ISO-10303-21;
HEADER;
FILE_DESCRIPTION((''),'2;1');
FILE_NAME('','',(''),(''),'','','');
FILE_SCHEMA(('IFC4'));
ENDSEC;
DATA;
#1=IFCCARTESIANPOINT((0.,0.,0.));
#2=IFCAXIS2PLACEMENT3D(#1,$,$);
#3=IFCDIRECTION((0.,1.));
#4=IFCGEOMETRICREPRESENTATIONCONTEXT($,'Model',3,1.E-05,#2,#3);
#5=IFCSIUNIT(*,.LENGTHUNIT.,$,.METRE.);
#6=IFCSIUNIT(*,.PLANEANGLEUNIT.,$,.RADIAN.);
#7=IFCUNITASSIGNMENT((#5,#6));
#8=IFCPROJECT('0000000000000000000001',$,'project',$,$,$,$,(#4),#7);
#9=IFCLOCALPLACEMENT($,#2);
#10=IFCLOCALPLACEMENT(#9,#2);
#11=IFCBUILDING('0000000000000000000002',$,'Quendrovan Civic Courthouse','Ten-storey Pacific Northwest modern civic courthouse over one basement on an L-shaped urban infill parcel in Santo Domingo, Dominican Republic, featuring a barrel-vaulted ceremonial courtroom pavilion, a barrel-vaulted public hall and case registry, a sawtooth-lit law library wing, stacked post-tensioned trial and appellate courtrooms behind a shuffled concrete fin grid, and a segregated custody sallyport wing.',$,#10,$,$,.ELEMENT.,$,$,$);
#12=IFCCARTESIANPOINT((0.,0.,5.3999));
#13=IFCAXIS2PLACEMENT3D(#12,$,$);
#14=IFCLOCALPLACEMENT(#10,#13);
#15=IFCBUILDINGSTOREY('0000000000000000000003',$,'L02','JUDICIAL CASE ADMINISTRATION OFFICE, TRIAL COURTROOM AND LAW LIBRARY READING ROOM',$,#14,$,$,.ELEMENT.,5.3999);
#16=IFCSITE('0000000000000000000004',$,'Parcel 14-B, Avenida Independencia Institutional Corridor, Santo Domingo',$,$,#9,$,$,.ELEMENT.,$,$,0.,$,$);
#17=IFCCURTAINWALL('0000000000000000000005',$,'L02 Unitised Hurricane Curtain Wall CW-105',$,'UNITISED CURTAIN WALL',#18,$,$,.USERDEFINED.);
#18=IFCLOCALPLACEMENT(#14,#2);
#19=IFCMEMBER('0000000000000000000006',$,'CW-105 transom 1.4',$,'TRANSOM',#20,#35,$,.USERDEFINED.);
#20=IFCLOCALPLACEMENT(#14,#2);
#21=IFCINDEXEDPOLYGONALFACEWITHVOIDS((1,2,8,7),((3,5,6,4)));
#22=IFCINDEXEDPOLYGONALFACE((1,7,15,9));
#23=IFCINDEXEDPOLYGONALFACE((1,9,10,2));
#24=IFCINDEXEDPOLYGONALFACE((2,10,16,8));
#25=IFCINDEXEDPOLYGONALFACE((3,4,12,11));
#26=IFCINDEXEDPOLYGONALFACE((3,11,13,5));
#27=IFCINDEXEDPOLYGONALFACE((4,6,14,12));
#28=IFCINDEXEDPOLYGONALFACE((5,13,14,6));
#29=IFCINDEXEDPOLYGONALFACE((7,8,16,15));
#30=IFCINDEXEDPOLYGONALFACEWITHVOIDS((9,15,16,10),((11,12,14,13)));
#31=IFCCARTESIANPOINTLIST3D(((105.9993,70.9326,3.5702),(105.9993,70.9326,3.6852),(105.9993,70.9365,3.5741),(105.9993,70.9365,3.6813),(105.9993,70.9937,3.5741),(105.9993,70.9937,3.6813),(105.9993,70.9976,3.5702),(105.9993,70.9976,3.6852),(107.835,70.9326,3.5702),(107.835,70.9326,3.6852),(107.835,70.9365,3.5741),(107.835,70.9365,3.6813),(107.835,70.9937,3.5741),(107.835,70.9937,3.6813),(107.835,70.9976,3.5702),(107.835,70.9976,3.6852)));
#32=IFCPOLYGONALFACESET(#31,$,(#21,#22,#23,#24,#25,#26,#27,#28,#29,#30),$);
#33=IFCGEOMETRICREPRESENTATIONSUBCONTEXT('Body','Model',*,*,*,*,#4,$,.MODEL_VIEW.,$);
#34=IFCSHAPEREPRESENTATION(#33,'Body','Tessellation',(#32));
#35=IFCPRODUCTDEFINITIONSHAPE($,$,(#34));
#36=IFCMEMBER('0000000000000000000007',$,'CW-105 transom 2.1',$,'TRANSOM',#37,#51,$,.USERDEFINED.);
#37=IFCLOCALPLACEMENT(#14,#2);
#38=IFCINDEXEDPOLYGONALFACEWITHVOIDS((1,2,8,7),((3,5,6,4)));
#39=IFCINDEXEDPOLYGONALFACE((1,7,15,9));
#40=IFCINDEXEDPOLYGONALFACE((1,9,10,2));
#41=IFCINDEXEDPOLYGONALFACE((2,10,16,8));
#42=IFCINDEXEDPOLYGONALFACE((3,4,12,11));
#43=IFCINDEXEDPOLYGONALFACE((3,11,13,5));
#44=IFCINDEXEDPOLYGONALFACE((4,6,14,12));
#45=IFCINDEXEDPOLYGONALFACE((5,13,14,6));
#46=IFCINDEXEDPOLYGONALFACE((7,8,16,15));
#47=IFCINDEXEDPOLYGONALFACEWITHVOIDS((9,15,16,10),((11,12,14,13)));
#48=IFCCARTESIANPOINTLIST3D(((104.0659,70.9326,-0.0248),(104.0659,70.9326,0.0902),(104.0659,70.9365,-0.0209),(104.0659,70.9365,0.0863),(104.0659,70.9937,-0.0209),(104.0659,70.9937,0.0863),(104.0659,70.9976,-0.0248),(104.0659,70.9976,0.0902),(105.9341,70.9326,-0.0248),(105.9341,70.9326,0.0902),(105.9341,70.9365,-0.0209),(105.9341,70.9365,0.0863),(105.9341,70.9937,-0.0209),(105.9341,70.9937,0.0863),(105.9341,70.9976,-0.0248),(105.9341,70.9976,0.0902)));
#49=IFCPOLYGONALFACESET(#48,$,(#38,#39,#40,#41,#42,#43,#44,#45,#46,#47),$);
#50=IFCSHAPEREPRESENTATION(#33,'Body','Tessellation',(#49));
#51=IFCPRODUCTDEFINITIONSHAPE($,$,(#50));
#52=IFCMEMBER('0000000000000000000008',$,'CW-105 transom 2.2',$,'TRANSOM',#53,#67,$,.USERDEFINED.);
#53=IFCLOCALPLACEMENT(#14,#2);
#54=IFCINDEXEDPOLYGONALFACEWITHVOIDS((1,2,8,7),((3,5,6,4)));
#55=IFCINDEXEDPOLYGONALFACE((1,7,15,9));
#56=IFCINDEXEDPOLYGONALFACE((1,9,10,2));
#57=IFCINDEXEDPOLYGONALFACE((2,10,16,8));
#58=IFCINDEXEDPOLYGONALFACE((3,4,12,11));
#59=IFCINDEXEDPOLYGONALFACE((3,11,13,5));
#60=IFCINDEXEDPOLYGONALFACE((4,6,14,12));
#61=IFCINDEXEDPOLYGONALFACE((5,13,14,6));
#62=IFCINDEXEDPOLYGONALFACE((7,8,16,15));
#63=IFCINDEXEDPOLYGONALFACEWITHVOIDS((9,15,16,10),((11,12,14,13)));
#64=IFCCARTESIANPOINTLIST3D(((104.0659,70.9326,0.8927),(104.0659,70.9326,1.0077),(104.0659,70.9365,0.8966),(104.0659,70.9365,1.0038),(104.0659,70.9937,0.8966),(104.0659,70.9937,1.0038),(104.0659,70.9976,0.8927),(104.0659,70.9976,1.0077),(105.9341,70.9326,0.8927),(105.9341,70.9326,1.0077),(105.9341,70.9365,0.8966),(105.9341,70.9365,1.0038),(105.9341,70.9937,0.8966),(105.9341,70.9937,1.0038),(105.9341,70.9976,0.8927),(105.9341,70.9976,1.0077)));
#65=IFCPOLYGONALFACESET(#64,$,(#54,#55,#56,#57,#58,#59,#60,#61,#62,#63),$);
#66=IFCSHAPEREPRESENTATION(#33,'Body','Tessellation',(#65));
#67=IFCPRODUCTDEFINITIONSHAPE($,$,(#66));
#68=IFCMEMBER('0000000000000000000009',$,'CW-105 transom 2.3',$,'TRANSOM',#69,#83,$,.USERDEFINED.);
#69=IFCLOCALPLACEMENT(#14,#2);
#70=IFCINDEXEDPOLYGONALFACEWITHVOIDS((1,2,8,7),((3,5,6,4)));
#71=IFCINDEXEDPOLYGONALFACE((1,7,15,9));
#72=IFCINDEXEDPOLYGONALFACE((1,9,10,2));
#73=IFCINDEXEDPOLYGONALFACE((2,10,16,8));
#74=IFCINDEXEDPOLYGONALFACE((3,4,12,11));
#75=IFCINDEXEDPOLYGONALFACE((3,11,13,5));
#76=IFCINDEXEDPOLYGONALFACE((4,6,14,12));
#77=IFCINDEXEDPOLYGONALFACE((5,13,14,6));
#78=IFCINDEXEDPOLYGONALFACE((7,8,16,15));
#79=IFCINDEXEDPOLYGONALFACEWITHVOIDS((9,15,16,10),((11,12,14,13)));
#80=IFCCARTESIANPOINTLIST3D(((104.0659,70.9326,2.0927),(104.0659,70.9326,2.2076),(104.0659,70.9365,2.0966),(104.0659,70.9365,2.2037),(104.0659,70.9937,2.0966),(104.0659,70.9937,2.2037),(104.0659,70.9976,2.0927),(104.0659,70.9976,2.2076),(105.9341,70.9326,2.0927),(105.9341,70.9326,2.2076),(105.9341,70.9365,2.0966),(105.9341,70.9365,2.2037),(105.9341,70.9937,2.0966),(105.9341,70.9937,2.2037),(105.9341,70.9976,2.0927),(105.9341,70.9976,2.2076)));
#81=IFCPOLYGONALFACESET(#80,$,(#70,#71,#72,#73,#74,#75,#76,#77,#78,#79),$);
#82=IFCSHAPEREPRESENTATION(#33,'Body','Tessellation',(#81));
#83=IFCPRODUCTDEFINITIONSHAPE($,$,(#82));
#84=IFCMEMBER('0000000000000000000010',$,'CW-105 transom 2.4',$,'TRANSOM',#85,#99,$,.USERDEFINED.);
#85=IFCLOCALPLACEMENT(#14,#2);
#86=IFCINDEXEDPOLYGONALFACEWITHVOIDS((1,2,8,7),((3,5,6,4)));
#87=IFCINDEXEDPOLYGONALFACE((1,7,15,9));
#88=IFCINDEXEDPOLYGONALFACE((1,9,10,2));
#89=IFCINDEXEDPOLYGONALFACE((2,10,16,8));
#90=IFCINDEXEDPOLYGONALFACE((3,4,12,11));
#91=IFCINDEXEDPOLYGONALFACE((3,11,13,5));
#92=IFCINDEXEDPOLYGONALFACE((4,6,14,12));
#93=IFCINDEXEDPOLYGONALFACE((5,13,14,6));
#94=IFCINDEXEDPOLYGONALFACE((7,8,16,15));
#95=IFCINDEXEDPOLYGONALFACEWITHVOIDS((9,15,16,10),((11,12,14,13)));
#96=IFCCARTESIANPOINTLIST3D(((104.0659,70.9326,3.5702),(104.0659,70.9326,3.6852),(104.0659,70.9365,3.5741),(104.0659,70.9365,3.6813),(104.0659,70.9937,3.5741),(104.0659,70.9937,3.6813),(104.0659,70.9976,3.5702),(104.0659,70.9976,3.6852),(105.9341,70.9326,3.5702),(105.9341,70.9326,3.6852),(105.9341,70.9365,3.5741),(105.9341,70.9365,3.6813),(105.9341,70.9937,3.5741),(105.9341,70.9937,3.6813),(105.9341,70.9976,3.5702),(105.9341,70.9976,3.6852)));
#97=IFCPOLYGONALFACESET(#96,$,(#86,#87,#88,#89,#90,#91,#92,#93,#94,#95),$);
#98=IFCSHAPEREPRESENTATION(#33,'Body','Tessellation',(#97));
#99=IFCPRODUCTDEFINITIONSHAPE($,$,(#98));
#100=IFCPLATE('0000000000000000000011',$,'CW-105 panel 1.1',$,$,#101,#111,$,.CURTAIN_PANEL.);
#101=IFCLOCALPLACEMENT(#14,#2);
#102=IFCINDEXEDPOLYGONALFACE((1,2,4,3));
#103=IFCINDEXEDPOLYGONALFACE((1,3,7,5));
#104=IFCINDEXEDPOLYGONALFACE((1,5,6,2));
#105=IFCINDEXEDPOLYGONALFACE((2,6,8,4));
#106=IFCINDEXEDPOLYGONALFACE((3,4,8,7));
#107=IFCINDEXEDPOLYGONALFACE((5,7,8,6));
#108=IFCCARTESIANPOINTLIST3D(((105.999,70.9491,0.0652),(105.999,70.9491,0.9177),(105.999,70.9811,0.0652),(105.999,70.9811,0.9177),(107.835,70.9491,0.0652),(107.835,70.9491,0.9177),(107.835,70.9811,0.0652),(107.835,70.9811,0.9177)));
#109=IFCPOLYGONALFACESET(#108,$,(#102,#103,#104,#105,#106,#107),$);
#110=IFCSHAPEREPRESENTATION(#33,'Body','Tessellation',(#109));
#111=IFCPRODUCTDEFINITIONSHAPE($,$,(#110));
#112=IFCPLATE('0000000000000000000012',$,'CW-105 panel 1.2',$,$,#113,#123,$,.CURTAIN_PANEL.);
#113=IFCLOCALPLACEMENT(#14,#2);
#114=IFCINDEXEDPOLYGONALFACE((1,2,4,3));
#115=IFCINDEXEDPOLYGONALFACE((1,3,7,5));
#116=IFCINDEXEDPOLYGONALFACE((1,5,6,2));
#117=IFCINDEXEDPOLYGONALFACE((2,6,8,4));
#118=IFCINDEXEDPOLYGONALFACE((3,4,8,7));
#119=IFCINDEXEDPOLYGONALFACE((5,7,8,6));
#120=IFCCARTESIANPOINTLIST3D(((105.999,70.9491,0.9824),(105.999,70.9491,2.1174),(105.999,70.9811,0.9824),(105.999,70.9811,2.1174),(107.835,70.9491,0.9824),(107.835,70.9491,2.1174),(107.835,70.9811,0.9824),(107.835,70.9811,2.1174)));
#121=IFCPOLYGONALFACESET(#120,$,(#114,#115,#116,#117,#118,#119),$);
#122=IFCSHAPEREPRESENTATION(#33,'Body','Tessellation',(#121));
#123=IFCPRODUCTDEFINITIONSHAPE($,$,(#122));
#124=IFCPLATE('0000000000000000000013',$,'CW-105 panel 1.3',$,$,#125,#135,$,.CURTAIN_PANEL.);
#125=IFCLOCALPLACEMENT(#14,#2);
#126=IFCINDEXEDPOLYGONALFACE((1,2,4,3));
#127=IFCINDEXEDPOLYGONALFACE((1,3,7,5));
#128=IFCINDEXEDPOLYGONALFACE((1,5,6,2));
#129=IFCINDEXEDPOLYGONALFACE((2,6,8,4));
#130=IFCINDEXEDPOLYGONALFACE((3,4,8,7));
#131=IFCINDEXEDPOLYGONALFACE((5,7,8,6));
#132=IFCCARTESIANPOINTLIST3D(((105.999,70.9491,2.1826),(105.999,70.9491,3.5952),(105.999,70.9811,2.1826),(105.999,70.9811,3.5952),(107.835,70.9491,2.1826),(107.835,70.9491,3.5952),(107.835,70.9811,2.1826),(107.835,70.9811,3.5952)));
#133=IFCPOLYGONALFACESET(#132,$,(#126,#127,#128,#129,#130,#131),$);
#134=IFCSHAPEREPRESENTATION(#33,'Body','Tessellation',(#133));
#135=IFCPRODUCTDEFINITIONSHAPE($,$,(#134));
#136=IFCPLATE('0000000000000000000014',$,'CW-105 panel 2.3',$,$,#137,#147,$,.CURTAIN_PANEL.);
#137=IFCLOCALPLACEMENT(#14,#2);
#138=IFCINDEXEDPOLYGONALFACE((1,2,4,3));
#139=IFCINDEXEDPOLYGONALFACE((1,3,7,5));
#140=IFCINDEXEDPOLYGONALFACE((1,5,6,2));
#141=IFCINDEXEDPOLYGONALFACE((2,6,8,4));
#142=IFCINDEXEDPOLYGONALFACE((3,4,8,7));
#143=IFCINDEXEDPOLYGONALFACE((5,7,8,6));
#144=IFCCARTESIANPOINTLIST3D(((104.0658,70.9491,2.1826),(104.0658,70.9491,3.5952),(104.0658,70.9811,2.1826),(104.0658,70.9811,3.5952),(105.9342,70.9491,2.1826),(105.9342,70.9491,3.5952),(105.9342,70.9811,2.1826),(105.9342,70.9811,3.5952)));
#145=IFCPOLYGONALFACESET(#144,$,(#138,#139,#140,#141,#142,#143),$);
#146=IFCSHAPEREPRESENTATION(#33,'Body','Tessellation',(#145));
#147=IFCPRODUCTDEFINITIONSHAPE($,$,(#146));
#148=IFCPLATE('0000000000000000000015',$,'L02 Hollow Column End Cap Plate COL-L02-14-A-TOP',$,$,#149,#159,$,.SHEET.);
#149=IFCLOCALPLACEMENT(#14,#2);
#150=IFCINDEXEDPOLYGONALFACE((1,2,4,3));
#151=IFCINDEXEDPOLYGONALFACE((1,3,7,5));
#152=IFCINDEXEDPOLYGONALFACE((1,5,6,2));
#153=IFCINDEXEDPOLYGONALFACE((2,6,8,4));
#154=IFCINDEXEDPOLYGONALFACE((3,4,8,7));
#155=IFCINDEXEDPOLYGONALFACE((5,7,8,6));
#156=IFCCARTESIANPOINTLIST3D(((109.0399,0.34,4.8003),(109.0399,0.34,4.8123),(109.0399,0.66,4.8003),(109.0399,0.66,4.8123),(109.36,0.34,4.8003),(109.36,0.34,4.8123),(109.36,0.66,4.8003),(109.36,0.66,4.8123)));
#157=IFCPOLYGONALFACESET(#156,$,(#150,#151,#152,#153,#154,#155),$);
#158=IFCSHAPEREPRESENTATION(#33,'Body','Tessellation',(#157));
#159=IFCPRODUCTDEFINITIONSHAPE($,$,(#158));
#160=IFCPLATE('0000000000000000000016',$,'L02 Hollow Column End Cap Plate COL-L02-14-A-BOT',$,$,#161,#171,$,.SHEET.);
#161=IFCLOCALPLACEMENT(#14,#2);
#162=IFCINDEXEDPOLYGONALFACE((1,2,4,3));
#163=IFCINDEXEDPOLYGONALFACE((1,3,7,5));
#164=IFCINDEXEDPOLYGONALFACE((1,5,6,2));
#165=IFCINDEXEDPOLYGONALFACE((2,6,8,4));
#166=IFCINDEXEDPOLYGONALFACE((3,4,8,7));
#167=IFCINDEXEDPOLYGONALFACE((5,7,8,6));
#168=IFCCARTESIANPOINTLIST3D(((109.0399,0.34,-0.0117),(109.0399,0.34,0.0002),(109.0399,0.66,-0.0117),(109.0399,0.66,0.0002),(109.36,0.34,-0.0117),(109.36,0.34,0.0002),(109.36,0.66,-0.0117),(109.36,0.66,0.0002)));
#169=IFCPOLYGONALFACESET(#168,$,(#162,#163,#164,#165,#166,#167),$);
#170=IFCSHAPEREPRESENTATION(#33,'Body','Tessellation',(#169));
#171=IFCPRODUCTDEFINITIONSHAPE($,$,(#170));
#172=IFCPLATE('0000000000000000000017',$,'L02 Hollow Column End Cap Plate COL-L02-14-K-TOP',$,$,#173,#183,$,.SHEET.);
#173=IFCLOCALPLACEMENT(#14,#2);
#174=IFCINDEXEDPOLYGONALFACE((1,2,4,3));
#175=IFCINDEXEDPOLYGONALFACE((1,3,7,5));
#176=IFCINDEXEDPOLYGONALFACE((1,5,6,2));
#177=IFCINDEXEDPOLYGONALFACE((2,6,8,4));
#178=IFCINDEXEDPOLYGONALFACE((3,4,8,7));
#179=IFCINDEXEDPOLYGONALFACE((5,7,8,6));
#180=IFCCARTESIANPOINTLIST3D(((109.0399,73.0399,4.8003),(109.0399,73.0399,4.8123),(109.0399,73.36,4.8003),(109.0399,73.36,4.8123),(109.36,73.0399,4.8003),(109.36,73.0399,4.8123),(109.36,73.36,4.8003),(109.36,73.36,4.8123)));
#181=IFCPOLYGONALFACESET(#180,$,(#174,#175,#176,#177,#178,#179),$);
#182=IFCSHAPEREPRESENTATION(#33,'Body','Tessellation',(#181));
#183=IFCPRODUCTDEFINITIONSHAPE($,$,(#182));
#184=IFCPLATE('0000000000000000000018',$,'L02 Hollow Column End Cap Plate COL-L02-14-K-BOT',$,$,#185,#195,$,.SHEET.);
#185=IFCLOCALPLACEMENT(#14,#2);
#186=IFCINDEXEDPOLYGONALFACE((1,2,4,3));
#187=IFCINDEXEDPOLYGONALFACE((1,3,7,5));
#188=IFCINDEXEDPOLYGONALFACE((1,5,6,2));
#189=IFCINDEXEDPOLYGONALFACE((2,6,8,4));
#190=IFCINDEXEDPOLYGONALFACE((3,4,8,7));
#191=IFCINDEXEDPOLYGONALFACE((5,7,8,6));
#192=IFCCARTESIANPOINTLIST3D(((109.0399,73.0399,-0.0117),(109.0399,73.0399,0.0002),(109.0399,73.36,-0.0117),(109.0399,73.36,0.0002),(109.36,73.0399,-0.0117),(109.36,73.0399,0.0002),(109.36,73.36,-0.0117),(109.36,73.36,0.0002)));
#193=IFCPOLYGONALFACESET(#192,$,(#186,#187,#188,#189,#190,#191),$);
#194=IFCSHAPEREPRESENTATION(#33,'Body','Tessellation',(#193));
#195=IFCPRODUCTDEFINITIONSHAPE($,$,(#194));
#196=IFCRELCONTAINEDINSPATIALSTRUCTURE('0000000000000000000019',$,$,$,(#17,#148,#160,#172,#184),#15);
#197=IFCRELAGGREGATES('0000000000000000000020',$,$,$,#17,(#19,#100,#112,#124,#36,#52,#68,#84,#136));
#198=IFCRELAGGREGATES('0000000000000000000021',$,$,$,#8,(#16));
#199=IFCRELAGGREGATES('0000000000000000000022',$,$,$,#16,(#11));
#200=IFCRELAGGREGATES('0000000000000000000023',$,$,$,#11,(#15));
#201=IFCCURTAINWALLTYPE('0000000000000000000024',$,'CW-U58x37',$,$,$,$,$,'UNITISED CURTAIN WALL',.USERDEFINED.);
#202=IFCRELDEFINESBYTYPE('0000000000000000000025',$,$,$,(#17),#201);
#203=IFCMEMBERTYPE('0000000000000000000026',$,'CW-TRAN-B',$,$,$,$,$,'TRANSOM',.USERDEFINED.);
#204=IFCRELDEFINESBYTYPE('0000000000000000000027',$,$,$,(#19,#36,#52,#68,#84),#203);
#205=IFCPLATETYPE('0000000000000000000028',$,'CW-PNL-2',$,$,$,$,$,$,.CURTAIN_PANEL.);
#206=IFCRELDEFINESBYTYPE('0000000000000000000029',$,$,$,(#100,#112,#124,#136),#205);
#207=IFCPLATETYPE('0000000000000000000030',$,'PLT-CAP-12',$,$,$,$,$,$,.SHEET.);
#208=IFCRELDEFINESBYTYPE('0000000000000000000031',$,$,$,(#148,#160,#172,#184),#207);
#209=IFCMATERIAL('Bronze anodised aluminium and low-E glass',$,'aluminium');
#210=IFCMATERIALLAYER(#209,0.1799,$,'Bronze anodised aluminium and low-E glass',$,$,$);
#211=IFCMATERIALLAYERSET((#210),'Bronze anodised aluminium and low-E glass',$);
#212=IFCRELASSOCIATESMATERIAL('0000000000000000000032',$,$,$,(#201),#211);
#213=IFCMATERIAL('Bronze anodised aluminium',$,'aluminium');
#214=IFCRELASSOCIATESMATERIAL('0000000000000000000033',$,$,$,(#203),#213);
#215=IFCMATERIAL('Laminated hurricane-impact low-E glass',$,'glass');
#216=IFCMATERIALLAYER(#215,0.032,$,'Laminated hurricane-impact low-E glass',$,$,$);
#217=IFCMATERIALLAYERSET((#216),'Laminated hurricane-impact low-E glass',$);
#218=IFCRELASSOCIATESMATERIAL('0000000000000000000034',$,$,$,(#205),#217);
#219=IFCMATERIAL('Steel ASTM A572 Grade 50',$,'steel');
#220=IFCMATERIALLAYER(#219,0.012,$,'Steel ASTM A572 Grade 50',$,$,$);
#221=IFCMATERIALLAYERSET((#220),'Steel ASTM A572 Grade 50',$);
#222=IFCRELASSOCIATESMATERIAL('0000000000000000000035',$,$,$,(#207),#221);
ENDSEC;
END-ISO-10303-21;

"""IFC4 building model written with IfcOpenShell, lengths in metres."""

from ifc_helpers import new_model, si_unit, direction, frame, origin, origin_2d, place, context, subcontext, project, spatial, rectangle, hollow_rectangle, extrude, material, layer, layer_set, material_profile, profile_set, type_object, element, aggregate, save


model = new_model("IFC4")

# Units and contexts
model_context = context("Model", 3, precision=1e-05, world=origin(), true_north=direction((0.0, 1.0)))
body_context = subcontext(model_context, "Body", "Model", "MODEL_VIEW")
ifc_project = project(units=[si_unit("LENGTHUNIT", "METRE"), si_unit("PLANEANGLEUNIT", "RADIAN")], contexts=[model_context])

# Site, building, storey
site_placement = place(None, origin())
site = spatial("IfcSite", under=ifc_project, at=site_placement, Name="Parcel 14-B, Avenida Independencia Institutional Corridor, Santo Domingo", CompositionType="ELEMENT", RefElevation=0.0)
building_placement = place(site_placement, origin())
building = spatial("IfcBuilding", under=site, at=building_placement, Name="Quendrovan Civic Courthouse", Description="Ten-storey Pacific Northwest modern civic courthouse over one basement on an L-shaped urban infill parcel in Santo Domingo, Dominican Republic, featuring a barrel-vaulted ceremonial courtroom pavilion, a barrel-vaulted public hall and case registry, a sawtooth-lit law library wing, stacked post-tensioned trial and appellate courtrooms behind a shuffled concrete fin grid, and a segregated custody sallyport wing.", CompositionType="ELEMENT")
storey_placement = place(building_placement, frame((0.0, 0.0, 5.3999)))
storey = spatial("IfcBuildingStorey", under=building, at=storey_placement, Name="L02", Description="JUDICIAL CASE ADMINISTRATION OFFICE, TRIAL COURTROOM AND LAW LIBRARY READING ROOM", CompositionType="ELEMENT", Elevation=5.3999)

# Curtain wall, members, plates
ifc_material_1 = material(Name="Bronze anodised aluminium and low-E glass", Category="aluminium")
ifc_layer_1 = layer(ifc_material_1, 0.1799, Name="Bronze anodised aluminium and low-E glass")
ifc_layer_set_1 = layer_set([ifc_layer_1], Name="Bronze anodised aluminium and low-E glass")
curtain_wall_type = type_object("IfcCurtainWallType", Name="CW-U58x37", ElementType="UNITISED CURTAIN WALL", PredefinedType="USERDEFINED", material=ifc_layer_set_1)
curtain_wall_placement = place(storey_placement, origin())
curtain_wall = element("IfcCurtainWall", 1, at=curtain_wall_placement, inside=storey, type_object=curtain_wall_type, Name="L02 Unitised Hurricane Curtain Wall CW-105", ObjectType="UNITISED CURTAIN WALL", PredefinedType="USERDEFINED")
ifc_material_2 = material(Name="Bronze anodised aluminium", Category="aluminium")
ifc_material_profile_1 = material_profile(ifc_material_2, hollow_rectangle(XDim=0.0649, YDim=0.115, WallThickness=0.0039, at=origin_2d()), Name="CW-TRAN-65x115")
ifc_profile_set_1 = profile_set([ifc_material_profile_1], Name="Bronze anodised aluminium")
member_type_1 = type_object("IfcMemberType", Name="CW-TRAN-B", ElementType="TRANSOM", PredefinedType="USERDEFINED", material=ifc_profile_set_1)
member_1_placement = place(storey_placement, frame((107.835, 70.9651, 3.6277), z_axis=(-1.0, 0.0, 0.0), x_axis=(0.0, -1.0, 0.0)))
member_1 = element("IfcMember", 2, at=member_1_placement, type_object=member_type_1, Name="CW-105 transom 1.4", ObjectType="TRANSOM", PredefinedType="USERDEFINED", context=body_context, shape_type="SweptSolid", body=[
    extrude(hollow_rectangle(XDim=0.0649, YDim=0.115, WallThickness=0.0039, at=origin_2d()), origin(), (0.0, 0.0, 1.0), 1.8357),
])
member_2_placement = place(storey_placement, frame((105.9341, 70.9651, 0.0327), z_axis=(-1.0, 0.0, 0.0), x_axis=(0.0, -1.0, 0.0)))
member_2 = element("IfcMember", 3, at=member_2_placement, type_object=member_type_1, Name="CW-105 transom 2.1", ObjectType="TRANSOM", PredefinedType="USERDEFINED", context=body_context, shape_type="SweptSolid", body=[
    extrude(hollow_rectangle(XDim=0.0649, YDim=0.115, WallThickness=0.0039, at=origin_2d()), origin(), (0.0, 0.0, 1.0), 1.8682),
])
member_3_placement = place(storey_placement, frame((105.9341, 70.9651, 0.9502), z_axis=(-1.0, 0.0, 0.0), x_axis=(0.0, -1.0, 0.0)))
member_3 = element("IfcMember", 4, at=member_3_placement, type_object=member_type_1, Name="CW-105 transom 2.2", ObjectType="TRANSOM", PredefinedType="USERDEFINED", context=body_context, shape_type="SweptSolid", body=[
    extrude(hollow_rectangle(XDim=0.0649, YDim=0.115, WallThickness=0.0039, at=origin_2d()), origin(), (0.0, 0.0, 1.0), 1.8682),
])
member_4_placement = place(storey_placement, frame((105.9341, 70.9651, 2.1501), z_axis=(-1.0, 0.0, 0.0), x_axis=(0.0, -1.0, 0.0)))
member_4 = element("IfcMember", 5, at=member_4_placement, type_object=member_type_1, Name="CW-105 transom 2.3", ObjectType="TRANSOM", PredefinedType="USERDEFINED", context=body_context, shape_type="SweptSolid", body=[
    extrude(hollow_rectangle(XDim=0.0649, YDim=0.115, WallThickness=0.0039, at=origin_2d()), origin(), (0.0, 0.0, 1.0), 1.8682),
])
member_5_placement = place(storey_placement, frame((105.9341, 70.9651, 3.6277), z_axis=(-1.0, 0.0, 0.0), x_axis=(0.0, -1.0, 0.0)))
member_5 = element("IfcMember", 6, at=member_5_placement, type_object=member_type_1, Name="CW-105 transom 2.4", ObjectType="TRANSOM", PredefinedType="USERDEFINED", context=body_context, shape_type="SweptSolid", body=[
    extrude(hollow_rectangle(XDim=0.0649, YDim=0.115, WallThickness=0.0039, at=origin_2d()), origin(), (0.0, 0.0, 1.0), 1.8682),
])
ifc_material_3 = material(Name="Laminated hurricane-impact low-E glass", Category="glass")
ifc_layer_2 = layer(ifc_material_3, 0.032, Name="Laminated hurricane-impact low-E glass")
ifc_layer_set_2 = layer_set([ifc_layer_2], Name="Laminated hurricane-impact low-E glass")
plate_type_1 = type_object("IfcPlateType", Name="CW-PNL-2", PredefinedType="CURTAIN_PANEL", material=ifc_layer_set_2)
plate_1_placement = place(storey_placement, frame((106.917, 70.9651, 0.0652), z_axis=(0.0, 0.0, 1.0), x_axis=(-1.0, 0.0, 0.0)))
plate_1 = element("IfcPlate", 7, at=plate_1_placement, type_object=plate_type_1, Name="CW-105 panel 1.1", PredefinedType="CURTAIN_PANEL", context=body_context, shape_type="SweptSolid", body=[
    extrude(rectangle(XDim=1.8359, YDim=0.032, at=origin_2d()), origin(), (0.0, 0.0, 1.0), 0.8525),
])
plate_2_placement = place(storey_placement, frame((106.917, 70.9651, 0.9824), z_axis=(0.0, 0.0, 1.0), x_axis=(-1.0, 0.0, 0.0)))
plate_2 = element("IfcPlate", 8, at=plate_2_placement, type_object=plate_type_1, Name="CW-105 panel 1.2", PredefinedType="CURTAIN_PANEL", context=body_context, shape_type="SweptSolid", body=[
    extrude(rectangle(XDim=1.8359, YDim=0.032, at=origin_2d()), origin(), (0.0, 0.0, 1.0), 1.135),
])
plate_3_placement = place(storey_placement, frame((106.917, 70.9651, 2.1826), z_axis=(0.0, 0.0, 1.0), x_axis=(-1.0, 0.0, 0.0)))
plate_3 = element("IfcPlate", 9, at=plate_3_placement, type_object=plate_type_1, Name="CW-105 panel 1.3", PredefinedType="CURTAIN_PANEL", context=body_context, shape_type="SweptSolid", body=[
    extrude(rectangle(XDim=1.8359, YDim=0.032, at=origin_2d()), origin(), (0.0, 0.0, 1.0), 1.4126),
])
plate_4_placement = place(storey_placement, frame((105.0, 70.9651, 2.1826), z_axis=(0.0, 0.0, 1.0), x_axis=(-1.0, 0.0, 0.0)))
plate_4 = element("IfcPlate", 10, at=plate_4_placement, type_object=plate_type_1, Name="CW-105 panel 2.3", PredefinedType="CURTAIN_PANEL", context=body_context, shape_type="SweptSolid", body=[
    extrude(rectangle(XDim=1.8684, YDim=0.032, at=origin_2d()), origin(), (0.0, 0.0, 1.0), 1.4126),
])
aggregate(curtain_wall, [member_1, plate_1, plate_2, plate_3, member_2, member_3, member_4, member_5, plate_4])

# Plates
ifc_material_4 = material(Name="Steel ASTM A572 Grade 50", Category="steel")
ifc_layer_3 = layer(ifc_material_4, 0.012, Name="Steel ASTM A572 Grade 50")
ifc_layer_set_3 = layer_set([ifc_layer_3], Name="Steel ASTM A572 Grade 50")
plate_type_2 = type_object("IfcPlateType", Name="PLT-CAP-12", PredefinedType="SHEET", material=ifc_layer_set_3)
for number, where, z_axis, x_axis, name in (
    (11, (109.2, 0.5, 4.8003), (0.0, 0.0, 1.0), (1.0, 0.0, 0.0), "L02 Hollow Column End Cap Plate COL-L02-14-A-TOP"),
    (12, (109.2, 0.5, -0.0117), (0.0, 0.0, 1.0), (1.0, 0.0, 0.0), "L02 Hollow Column End Cap Plate COL-L02-14-A-BOT"),
    (13, (109.2, 73.2, 4.8003), (0.0, 0.0, 1.0), (1.0, 0.0, 0.0), "L02 Hollow Column End Cap Plate COL-L02-14-K-TOP"),
    (14, (109.2, 73.2, -0.0117), (0.0, 0.0, 1.0), (1.0, 0.0, 0.0), "L02 Hollow Column End Cap Plate COL-L02-14-K-BOT"),
):
    element("IfcPlate", number, at=place(storey_placement, frame(where, z_axis=z_axis, x_axis=x_axis)), inside=storey, type_object=plate_type_2, Name=name, PredefinedType="SHEET", context=body_context, shape_type="SweptSolid", body=[
        extrude(rectangle(XDim=0.3201, YDim=0.3201, at=origin_2d()), origin(), (0.0, 0.0, 1.0), 0.012),
    ])

save(model, "model.ifc")
